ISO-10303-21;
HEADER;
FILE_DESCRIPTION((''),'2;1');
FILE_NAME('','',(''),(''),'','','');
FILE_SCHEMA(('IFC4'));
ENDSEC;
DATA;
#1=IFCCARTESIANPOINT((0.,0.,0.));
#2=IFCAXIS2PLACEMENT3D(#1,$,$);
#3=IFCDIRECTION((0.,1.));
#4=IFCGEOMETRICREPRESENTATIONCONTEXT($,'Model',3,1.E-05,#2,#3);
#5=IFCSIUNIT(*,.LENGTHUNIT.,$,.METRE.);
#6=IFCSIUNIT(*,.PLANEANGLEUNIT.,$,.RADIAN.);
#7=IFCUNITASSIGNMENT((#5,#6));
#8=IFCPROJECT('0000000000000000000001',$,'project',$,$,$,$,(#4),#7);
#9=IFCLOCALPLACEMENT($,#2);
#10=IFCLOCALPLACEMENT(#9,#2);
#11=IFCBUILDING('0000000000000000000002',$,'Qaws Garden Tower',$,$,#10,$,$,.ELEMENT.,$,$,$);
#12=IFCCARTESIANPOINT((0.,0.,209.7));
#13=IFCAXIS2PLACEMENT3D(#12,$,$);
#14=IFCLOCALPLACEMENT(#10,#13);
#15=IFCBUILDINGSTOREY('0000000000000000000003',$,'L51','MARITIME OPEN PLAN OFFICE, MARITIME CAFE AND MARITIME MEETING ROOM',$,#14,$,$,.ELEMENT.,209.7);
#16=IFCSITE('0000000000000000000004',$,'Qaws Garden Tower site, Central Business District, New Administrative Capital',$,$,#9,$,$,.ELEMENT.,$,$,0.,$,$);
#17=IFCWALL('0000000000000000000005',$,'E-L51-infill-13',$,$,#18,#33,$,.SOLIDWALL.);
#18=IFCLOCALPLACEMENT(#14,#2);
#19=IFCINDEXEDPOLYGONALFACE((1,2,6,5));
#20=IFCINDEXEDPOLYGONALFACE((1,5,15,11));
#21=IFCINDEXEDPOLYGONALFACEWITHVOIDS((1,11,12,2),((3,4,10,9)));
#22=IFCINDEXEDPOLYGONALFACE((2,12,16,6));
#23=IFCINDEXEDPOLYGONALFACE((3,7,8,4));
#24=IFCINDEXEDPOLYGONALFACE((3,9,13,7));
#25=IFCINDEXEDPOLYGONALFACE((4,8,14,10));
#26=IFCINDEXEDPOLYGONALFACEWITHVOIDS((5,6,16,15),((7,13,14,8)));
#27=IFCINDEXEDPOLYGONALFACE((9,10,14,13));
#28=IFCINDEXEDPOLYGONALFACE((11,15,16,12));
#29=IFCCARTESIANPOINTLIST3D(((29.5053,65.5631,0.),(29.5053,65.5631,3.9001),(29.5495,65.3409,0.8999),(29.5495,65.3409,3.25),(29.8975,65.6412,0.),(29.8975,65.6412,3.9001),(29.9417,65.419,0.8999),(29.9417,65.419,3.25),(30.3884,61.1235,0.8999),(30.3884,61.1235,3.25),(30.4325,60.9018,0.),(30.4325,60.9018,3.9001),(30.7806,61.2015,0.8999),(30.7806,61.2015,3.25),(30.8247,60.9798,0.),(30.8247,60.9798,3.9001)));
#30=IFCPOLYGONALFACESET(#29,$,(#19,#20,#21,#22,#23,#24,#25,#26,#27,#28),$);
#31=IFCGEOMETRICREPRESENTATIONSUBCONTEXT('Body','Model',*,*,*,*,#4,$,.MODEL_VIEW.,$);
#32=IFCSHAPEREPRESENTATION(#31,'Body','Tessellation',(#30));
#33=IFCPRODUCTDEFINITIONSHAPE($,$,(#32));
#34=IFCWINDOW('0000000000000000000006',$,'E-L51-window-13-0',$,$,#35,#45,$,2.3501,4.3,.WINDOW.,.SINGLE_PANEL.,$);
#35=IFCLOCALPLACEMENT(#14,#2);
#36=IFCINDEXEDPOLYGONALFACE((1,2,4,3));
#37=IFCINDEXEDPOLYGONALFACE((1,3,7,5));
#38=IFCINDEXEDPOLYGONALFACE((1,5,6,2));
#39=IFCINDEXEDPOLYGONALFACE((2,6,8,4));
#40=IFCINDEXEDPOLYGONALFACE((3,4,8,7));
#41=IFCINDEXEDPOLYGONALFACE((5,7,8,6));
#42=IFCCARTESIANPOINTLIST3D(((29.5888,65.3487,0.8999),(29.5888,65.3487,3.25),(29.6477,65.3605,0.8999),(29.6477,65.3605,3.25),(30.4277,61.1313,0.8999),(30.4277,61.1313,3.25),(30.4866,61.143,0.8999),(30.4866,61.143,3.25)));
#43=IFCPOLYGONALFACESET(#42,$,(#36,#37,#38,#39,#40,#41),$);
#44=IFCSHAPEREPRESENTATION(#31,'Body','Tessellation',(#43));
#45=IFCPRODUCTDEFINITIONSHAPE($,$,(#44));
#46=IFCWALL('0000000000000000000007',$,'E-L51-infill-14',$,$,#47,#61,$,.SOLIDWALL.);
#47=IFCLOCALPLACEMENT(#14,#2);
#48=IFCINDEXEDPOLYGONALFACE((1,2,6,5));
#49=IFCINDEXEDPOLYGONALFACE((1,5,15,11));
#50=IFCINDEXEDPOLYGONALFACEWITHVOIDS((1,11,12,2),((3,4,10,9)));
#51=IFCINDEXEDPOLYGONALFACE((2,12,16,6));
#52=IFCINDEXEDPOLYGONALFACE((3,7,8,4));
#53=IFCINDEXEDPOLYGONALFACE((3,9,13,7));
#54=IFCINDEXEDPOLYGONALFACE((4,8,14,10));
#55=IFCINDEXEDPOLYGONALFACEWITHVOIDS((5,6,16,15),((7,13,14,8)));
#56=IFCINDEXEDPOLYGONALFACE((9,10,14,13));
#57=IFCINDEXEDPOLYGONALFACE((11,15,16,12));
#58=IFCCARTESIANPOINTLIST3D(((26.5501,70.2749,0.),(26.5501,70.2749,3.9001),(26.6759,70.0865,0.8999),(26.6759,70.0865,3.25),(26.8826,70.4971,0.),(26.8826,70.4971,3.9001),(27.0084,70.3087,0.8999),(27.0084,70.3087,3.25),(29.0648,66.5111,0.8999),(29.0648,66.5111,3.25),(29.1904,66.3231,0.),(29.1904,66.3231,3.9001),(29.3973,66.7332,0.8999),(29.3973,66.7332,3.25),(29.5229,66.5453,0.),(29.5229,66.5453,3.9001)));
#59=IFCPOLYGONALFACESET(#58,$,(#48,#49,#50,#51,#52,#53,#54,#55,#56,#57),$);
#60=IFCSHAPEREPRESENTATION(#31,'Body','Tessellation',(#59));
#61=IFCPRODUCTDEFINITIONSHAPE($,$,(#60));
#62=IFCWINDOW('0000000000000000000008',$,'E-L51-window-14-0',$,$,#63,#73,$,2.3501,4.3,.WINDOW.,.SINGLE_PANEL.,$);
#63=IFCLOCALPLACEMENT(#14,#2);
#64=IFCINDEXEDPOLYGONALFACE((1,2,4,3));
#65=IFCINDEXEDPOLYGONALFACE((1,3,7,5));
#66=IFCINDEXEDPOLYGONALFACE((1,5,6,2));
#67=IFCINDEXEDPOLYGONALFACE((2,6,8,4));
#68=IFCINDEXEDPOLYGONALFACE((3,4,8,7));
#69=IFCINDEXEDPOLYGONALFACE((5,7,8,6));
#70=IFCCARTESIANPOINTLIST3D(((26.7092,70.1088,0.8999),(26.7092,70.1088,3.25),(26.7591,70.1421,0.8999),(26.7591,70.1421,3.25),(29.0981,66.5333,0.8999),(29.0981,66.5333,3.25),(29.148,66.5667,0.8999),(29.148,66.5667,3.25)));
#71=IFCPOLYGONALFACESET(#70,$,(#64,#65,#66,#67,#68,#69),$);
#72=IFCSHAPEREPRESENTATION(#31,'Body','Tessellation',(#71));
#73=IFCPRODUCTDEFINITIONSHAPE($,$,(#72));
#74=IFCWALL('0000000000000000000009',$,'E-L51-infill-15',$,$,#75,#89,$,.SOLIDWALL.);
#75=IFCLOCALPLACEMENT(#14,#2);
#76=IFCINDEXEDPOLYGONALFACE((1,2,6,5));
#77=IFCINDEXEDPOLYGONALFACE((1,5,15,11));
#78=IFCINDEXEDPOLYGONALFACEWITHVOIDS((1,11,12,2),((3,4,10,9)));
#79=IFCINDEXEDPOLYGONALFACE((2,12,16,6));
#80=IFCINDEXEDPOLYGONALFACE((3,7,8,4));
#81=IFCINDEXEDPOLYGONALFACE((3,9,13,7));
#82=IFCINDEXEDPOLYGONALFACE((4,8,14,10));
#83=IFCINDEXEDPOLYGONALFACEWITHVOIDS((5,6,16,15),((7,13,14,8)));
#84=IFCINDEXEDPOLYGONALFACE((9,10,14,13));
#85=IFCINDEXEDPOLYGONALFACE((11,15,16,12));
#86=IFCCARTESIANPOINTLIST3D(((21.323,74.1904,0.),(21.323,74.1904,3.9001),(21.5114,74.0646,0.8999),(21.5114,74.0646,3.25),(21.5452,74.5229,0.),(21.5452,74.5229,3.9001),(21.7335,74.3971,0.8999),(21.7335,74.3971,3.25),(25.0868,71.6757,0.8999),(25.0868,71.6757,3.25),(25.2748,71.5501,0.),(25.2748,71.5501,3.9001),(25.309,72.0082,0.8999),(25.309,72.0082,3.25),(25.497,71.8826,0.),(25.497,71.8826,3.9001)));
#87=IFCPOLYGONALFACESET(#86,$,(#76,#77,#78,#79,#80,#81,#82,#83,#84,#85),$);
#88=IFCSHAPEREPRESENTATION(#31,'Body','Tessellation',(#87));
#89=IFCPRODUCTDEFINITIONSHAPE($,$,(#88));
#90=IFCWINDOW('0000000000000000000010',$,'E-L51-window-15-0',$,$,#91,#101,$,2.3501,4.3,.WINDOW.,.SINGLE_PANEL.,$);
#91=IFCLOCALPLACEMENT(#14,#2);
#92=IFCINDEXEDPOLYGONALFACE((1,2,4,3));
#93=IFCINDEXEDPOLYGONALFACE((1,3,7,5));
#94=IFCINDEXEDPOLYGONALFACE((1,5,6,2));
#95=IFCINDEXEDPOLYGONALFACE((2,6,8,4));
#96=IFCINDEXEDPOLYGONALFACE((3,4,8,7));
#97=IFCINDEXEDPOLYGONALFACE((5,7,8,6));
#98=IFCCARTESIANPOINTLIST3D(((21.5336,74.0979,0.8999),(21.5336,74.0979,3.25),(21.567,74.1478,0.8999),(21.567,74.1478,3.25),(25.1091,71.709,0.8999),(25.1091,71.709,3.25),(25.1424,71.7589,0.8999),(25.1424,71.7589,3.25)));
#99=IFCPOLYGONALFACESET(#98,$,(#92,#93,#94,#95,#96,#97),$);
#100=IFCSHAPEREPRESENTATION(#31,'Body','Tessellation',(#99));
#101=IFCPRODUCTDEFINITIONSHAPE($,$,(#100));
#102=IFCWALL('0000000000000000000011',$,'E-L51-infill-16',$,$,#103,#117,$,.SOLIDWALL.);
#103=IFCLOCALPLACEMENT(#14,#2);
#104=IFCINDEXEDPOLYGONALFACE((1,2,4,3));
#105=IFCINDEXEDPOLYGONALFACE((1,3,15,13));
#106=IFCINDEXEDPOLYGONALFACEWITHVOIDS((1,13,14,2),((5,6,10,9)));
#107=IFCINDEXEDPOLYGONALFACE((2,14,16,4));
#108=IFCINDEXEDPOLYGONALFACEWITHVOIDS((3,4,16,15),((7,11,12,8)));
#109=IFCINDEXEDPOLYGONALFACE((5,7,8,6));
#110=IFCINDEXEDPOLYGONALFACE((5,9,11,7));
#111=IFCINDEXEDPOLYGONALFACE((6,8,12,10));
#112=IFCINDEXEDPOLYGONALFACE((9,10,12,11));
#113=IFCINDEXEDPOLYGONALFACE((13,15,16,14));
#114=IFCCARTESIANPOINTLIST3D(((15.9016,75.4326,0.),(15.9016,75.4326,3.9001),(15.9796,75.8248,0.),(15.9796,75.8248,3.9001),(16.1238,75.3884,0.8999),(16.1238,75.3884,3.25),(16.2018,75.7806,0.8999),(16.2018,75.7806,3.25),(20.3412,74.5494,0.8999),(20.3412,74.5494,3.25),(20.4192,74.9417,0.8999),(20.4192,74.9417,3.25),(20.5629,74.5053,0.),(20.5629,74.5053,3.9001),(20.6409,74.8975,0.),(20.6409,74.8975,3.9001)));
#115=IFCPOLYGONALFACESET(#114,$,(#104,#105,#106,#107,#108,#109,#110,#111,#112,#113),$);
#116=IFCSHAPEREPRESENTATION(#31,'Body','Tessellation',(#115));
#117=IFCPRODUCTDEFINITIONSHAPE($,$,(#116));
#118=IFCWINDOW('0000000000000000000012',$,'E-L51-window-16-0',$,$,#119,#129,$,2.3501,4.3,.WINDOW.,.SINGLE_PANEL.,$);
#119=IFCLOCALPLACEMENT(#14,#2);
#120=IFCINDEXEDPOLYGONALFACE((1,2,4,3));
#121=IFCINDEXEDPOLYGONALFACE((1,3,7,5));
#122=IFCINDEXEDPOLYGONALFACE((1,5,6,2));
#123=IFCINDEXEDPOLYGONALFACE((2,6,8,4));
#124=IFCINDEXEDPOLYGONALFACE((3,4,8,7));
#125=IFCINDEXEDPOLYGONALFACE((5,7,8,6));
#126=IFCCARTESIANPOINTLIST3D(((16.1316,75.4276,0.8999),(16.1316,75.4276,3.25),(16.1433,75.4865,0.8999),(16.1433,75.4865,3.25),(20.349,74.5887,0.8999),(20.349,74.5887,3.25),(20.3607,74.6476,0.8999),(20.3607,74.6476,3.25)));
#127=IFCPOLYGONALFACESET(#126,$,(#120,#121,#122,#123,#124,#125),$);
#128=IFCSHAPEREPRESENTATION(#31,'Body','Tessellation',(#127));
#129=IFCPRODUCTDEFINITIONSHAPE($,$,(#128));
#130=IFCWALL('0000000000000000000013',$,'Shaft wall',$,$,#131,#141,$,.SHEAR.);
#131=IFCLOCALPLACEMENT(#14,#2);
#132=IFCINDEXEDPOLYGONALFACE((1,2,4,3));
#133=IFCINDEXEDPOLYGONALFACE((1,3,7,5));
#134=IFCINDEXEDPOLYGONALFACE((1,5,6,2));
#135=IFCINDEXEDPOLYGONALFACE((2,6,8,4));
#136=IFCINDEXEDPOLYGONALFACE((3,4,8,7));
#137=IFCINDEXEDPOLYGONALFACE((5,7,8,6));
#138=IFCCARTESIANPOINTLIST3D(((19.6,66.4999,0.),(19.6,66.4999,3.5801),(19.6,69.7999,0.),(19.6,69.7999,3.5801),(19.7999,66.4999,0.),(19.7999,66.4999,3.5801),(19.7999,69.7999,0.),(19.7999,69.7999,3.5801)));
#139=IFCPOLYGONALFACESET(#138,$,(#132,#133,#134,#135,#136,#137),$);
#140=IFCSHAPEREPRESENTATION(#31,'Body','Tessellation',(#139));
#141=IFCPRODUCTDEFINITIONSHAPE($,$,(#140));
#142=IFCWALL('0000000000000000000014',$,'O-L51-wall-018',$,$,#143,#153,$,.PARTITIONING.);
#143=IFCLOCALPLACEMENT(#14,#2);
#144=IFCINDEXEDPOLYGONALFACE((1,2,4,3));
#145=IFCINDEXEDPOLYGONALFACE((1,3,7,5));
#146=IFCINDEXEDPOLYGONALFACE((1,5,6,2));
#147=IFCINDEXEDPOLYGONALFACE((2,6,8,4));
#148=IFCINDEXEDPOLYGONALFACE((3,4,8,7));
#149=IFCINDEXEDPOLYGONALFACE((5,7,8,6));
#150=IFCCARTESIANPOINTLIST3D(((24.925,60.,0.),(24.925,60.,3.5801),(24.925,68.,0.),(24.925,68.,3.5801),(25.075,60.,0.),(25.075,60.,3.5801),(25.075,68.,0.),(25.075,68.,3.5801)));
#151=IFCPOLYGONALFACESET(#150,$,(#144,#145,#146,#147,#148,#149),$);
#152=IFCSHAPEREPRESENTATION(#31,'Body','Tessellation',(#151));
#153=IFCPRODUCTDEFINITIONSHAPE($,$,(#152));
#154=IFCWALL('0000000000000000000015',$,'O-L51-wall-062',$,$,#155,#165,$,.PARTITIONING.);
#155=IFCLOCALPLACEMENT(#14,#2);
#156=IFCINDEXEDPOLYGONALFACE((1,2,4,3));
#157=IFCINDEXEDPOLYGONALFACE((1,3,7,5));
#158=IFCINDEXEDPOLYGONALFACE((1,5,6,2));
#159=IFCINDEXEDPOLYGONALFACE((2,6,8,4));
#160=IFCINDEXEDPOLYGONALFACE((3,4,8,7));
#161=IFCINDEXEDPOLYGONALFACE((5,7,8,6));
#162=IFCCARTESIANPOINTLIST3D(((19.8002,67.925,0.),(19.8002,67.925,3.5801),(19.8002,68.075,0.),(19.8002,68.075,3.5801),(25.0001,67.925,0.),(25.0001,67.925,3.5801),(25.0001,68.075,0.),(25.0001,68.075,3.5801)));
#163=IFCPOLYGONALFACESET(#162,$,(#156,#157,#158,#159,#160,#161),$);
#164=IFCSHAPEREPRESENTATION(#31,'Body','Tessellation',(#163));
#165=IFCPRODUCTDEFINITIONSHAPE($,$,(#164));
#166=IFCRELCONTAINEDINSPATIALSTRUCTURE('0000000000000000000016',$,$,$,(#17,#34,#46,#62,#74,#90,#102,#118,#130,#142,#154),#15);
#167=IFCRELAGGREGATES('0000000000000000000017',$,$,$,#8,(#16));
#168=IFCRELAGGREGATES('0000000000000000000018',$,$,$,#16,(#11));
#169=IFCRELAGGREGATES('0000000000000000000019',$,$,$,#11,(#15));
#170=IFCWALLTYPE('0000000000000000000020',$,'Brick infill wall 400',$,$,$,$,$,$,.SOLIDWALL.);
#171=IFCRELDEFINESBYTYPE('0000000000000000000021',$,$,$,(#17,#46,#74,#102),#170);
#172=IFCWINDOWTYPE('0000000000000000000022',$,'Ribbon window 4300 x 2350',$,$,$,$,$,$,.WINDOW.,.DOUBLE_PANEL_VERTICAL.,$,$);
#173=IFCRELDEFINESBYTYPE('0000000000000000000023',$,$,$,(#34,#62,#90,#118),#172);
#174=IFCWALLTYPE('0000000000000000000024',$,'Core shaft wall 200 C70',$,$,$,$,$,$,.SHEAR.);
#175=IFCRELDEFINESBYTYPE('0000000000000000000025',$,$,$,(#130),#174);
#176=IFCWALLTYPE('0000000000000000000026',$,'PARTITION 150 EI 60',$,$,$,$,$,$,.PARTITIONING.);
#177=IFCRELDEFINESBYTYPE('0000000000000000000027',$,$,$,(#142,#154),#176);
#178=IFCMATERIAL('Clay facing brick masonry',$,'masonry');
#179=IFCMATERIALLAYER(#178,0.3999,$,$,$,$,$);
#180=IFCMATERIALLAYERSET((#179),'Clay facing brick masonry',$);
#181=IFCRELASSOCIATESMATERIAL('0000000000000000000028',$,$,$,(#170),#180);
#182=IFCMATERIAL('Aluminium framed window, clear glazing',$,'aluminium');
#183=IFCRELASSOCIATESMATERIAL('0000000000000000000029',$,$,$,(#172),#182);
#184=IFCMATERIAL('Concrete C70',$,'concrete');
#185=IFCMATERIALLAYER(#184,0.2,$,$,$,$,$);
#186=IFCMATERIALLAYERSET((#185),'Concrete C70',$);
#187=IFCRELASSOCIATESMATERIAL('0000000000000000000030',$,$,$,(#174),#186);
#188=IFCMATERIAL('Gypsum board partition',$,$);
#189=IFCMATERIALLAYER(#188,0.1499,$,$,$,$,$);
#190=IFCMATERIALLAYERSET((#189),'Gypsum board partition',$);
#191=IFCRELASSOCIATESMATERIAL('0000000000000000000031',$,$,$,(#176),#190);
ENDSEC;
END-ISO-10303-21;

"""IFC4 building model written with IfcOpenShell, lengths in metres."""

from ifc_helpers import new_model, si_unit, direction, frame, frame_2d, origin, place, context, subcontext, project, spatial, rectangle, extrude, material, layer, layer_set, type_object, element, fill, save


model = new_model("IFC4")

# Units and contexts
model_context = context("Model", 3, precision=1e-05, world=origin(), true_north=direction((0.0, 1.0)))
body_context = subcontext(model_context, "Body", "Model", "MODEL_VIEW")
ifc_project = project(units=[si_unit("LENGTHUNIT", "METRE"), si_unit("PLANEANGLEUNIT", "RADIAN")], contexts=[model_context])

# Site, building, storey
site_placement = place(None, origin())
site = spatial("IfcSite", under=ifc_project, at=site_placement, Name="Qaws Garden Tower site, Central Business District, New Administrative Capital", CompositionType="ELEMENT", RefElevation=0.0)
building_placement = place(site_placement, origin())
building = spatial("IfcBuilding", under=site, at=building_placement, Name="Qaws Garden Tower", CompositionType="ELEMENT")
storey_placement = place(building_placement, frame((0.0, 0.0, 209.7)))
storey = spatial("IfcBuildingStorey", under=building, at=storey_placement, Name="L51", Description="MARITIME OPEN PLAN OFFICE, MARITIME CAFE AND MARITIME MEETING ROOM", CompositionType="ELEMENT", Elevation=209.7)

# Walls, openings, windows
ifc_material_1 = material(Name="Clay facing brick masonry", Category="masonry")
ifc_layer_1 = layer(ifc_material_1, 0.3999)
ifc_layer_set_1 = layer_set([ifc_layer_1], Name="Clay facing brick masonry")
wall_type_1 = type_object("IfcWallType", Name="Brick infill wall 400", PredefinedType="SOLIDWALL", material=ifc_layer_set_1)
wall_1_placement = place(storey_placement, frame((30.6287, 60.9407, 0.0), z_axis=(0.0, 0.0, 1.0), x_axis=(-0.195099, 0.980784, 0.0)))
wall_1 = element("IfcWall", 1, at=wall_1_placement, inside=storey, type_object=wall_type_1, Name="E-L51-infill-13", PredefinedType="SOLIDWALL", context=body_context, shape_type="SweptSolid", body=[
    extrude(rectangle(XDim=4.7527, YDim=0.3999, at=frame_2d((2.3765, 0.0))), origin(), (0.0, 0.0, 1.0), 3.9001),
])
opening_1_placement = place(wall_1_placement, frame((0.2263, 0.0, 0.8999)))
opening_1 = element("IfcOpeningElement", 2, at=opening_1_placement, cuts=wall_1, PredefinedType="OPENING", context=body_context, shape_type="SweptSolid", body=[
    extrude(rectangle(XDim=4.3, YDim=2.3501, at=frame_2d((2.1499, 1.175))), frame((0.0, 0.21, 0.0), z_axis=(0.0, -1.0, 0.0), x_axis=(1.0, 0.0, 0.0)), (0.0, 0.0, 1.0), 0.4199),
])
ifc_material_2 = material(Name="Aluminium framed window, clear glazing", Category="aluminium")
window_type = type_object("IfcWindowType", Name="Ribbon window 4300 x 2350", PartitioningType="DOUBLE_PANEL_VERTICAL", PredefinedType="WINDOW", material=ifc_material_2)
window_1_placement = place(opening_1_placement, origin())
window_1 = element("IfcWindow", 3, at=window_1_placement, inside=storey, type_object=window_type, Name="E-L51-window-13-0", OverallHeight=2.3501, OverallWidth=4.3, PartitioningType="SINGLE_PANEL", PredefinedType="WINDOW", context=body_context, shape_type="SweptSolid", body=[
    extrude(rectangle(XDim=4.3, YDim=2.3501, at=frame_2d((2.1499, 1.175))), frame((0.0, 0.1599, 0.0), z_axis=(0.0, -1.0, 0.0), x_axis=(1.0, 0.0, 0.0)), (0.0, 0.0, 1.0), 0.0601),
])
fill(opening_1, window_1)
wall_2_placement = place(storey_placement, frame((29.3567, 66.4341, 0.0), z_axis=(0.0, 0.0, 1.0), x_axis=(-0.555542, 0.831489, 0.0)))
wall_2 = element("IfcWall", 4, at=wall_2_placement, inside=storey, type_object=wall_type_1, Name="E-L51-infill-14", PredefinedType="SOLIDWALL", context=body_context, shape_type="SweptSolid", body=[
    extrude(rectangle(XDim=4.7527, YDim=0.3999, at=frame_2d((2.3765, 0.0))), origin(), (0.0, 0.0, 1.0), 3.9001),
])
opening_2_placement = place(wall_2_placement, frame((0.2263, 0.0, 0.8999)))
opening_2 = element("IfcOpeningElement", 5, at=opening_2_placement, cuts=wall_2, PredefinedType="OPENING", context=body_context, shape_type="SweptSolid", body=[
    extrude(rectangle(XDim=4.3, YDim=2.3501, at=frame_2d((2.1499, 1.175))), frame((0.0, 0.21, 0.0), z_axis=(0.0, -1.0, 0.0), x_axis=(1.0, 0.0, 0.0)), (0.0, 0.0, 1.0), 0.4199),
])
window_2_placement = place(opening_2_placement, origin())
window_2 = element("IfcWindow", 6, at=window_2_placement, inside=storey, type_object=window_type, Name="E-L51-window-14-0", OverallHeight=2.3501, OverallWidth=4.3, PartitioningType="SINGLE_PANEL", PredefinedType="WINDOW", context=body_context, shape_type="SweptSolid", body=[
    extrude(rectangle(XDim=4.3, YDim=2.3501, at=frame_2d((2.1499, 1.175))), frame((0.0, 0.1599, 0.0), z_axis=(0.0, -1.0, 0.0), x_axis=(1.0, 0.0, 0.0)), (0.0, 0.0, 1.0), 0.0601),
])
fill(opening_2, window_2)
wall_3_placement = place(storey_placement, frame((25.386, 71.7163, 0.0), z_axis=(0.0, 0.0, 1.0), x_axis=(-0.831489, 0.555542, 0.0)))
wall_3 = element("IfcWall", 7, at=wall_3_placement, inside=storey, type_object=wall_type_1, Name="E-L51-infill-15", PredefinedType="SOLIDWALL", context=body_context, shape_type="SweptSolid", body=[
    extrude(rectangle(XDim=4.7527, YDim=0.3999, at=frame_2d((2.3765, 0.0))), origin(), (0.0, 0.0, 1.0), 3.9001),
])
opening_3_placement = place(wall_3_placement, frame((0.2263, 0.0, 0.8999)))
opening_3 = element("IfcOpeningElement", 8, at=opening_3_placement, cuts=wall_3, PredefinedType="OPENING", context=body_context, shape_type="SweptSolid", body=[
    extrude(rectangle(XDim=4.3, YDim=2.3501, at=frame_2d((2.1499, 1.175))), frame((0.0, 0.21, 0.0), z_axis=(0.0, -1.0, 0.0), x_axis=(1.0, 0.0, 0.0)), (0.0, 0.0, 1.0), 0.4199),
])
window_3_placement = place(opening_3_placement, origin())
window_3 = element("IfcWindow", 9, at=window_3_placement, inside=storey, type_object=window_type, Name="E-L51-window-15-0", OverallHeight=2.3501, OverallWidth=4.3, PartitioningType="SINGLE_PANEL", PredefinedType="WINDOW", context=body_context, shape_type="SweptSolid", body=[
    extrude(rectangle(XDim=4.3, YDim=2.3501, at=frame_2d((2.1499, 1.175))), frame((0.0, 0.1599, 0.0), z_axis=(0.0, -1.0, 0.0), x_axis=(1.0, 0.0, 0.0)), (0.0, 0.0, 1.0), 0.0601),
])
fill(opening_3, window_3)
wall_4_placement = place(storey_placement, frame((20.6021, 74.7014, 0.0), z_axis=(0.0, 0.0, 1.0), x_axis=(-0.980784, 0.195099, 0.0)))
wall_4 = element("IfcWall", 10, at=wall_4_placement, inside=storey, type_object=wall_type_1, Name="E-L51-infill-16", PredefinedType="SOLIDWALL", context=body_context, shape_type="SweptSolid", body=[
    extrude(rectangle(XDim=4.7527, YDim=0.3999, at=frame_2d((2.3765, 0.0))), origin(), (0.0, 0.0, 1.0), 3.9001),
])
opening_4_placement = place(wall_4_placement, frame((0.2263, 0.0, 0.8999)))
opening_4 = element("IfcOpeningElement", 11, at=opening_4_placement, cuts=wall_4, PredefinedType="OPENING", context=body_context, shape_type="SweptSolid", body=[
    extrude(rectangle(XDim=4.3, YDim=2.3501, at=frame_2d((2.1499, 1.175))), frame((0.0, 0.21, 0.0), z_axis=(0.0, -1.0, 0.0), x_axis=(1.0, 0.0, 0.0)), (0.0, 0.0, 1.0), 0.4199),
])
window_4_placement = place(opening_4_placement, origin())
window_4 = element("IfcWindow", 12, at=window_4_placement, inside=storey, type_object=window_type, Name="E-L51-window-16-0", OverallHeight=2.3501, OverallWidth=4.3, PartitioningType="SINGLE_PANEL", PredefinedType="WINDOW", context=body_context, shape_type="SweptSolid", body=[
    extrude(rectangle(XDim=4.3, YDim=2.3501, at=frame_2d((2.1499, 1.175))), frame((0.0, 0.1599, 0.0), z_axis=(0.0, -1.0, 0.0), x_axis=(1.0, 0.0, 0.0)), (0.0, 0.0, 1.0), 0.0601),
])
fill(opening_4, window_4)

# Walls
ifc_material_3 = material(Name="Concrete C70", Category="concrete")
ifc_layer_2 = layer(ifc_material_3, 0.2)
ifc_layer_set_2 = layer_set([ifc_layer_2], Name="Concrete C70")
wall_type_2 = type_object("IfcWallType", Name="Core shaft wall 200 C70", PredefinedType="SHEAR", material=ifc_layer_set_2)
wall_5_placement = place(storey_placement, frame((19.7, 66.5, 0.0), z_axis=(0.0, 0.0, 1.0), x_axis=(0.0, 1.0, 0.0)))
element("IfcWall", 13, at=wall_5_placement, inside=storey, type_object=wall_type_2, Name="Shaft wall", PredefinedType="SHEAR", context=body_context, shape_type="SweptSolid", body=[
    extrude(rectangle(XDim=3.3, YDim=0.2, at=frame_2d((1.6499, 0.0))), origin(), (0.0, 0.0, 1.0), 3.5801),
])
ifc_material_4 = material(Name="Gypsum board partition")
ifc_layer_3 = layer(ifc_material_4, 0.1499)
ifc_layer_set_3 = layer_set([ifc_layer_3], Name="Gypsum board partition")
wall_type_3 = type_object("IfcWallType", Name="PARTITION 150 EI 60", PredefinedType="PARTITIONING", material=ifc_layer_set_3)
wall_6_placement = place(storey_placement, frame((25.0, 60.0, 0.0), z_axis=(0.0, 0.0, 1.0), x_axis=(0.0, 1.0, 0.0)))
element("IfcWall", 14, at=wall_6_placement, inside=storey, type_object=wall_type_3, Name="O-L51-wall-018", PredefinedType="PARTITIONING", context=body_context, shape_type="SweptSolid", body=[
    extrude(rectangle(XDim=8.0, YDim=0.1499, at=frame_2d((4.0, 0.0))), origin(), (0.0, 0.0, 1.0), 3.5801),
])
wall_7_placement = place(storey_placement, frame((19.8, 68.0, 0.0), z_axis=(0.0, 0.0, 1.0), x_axis=(1.0, 0.0, 0.0)))
element("IfcWall", 15, at=wall_7_placement, inside=storey, type_object=wall_type_3, Name="O-L51-wall-062", PredefinedType="PARTITIONING", context=body_context, shape_type="SweptSolid", body=[
    extrude(rectangle(XDim=5.2, YDim=0.1499, at=frame_2d((2.6001, 0.0))), origin(), (0.0, 0.0, 1.0), 3.5801),
])

save(model, "model.ifc")
